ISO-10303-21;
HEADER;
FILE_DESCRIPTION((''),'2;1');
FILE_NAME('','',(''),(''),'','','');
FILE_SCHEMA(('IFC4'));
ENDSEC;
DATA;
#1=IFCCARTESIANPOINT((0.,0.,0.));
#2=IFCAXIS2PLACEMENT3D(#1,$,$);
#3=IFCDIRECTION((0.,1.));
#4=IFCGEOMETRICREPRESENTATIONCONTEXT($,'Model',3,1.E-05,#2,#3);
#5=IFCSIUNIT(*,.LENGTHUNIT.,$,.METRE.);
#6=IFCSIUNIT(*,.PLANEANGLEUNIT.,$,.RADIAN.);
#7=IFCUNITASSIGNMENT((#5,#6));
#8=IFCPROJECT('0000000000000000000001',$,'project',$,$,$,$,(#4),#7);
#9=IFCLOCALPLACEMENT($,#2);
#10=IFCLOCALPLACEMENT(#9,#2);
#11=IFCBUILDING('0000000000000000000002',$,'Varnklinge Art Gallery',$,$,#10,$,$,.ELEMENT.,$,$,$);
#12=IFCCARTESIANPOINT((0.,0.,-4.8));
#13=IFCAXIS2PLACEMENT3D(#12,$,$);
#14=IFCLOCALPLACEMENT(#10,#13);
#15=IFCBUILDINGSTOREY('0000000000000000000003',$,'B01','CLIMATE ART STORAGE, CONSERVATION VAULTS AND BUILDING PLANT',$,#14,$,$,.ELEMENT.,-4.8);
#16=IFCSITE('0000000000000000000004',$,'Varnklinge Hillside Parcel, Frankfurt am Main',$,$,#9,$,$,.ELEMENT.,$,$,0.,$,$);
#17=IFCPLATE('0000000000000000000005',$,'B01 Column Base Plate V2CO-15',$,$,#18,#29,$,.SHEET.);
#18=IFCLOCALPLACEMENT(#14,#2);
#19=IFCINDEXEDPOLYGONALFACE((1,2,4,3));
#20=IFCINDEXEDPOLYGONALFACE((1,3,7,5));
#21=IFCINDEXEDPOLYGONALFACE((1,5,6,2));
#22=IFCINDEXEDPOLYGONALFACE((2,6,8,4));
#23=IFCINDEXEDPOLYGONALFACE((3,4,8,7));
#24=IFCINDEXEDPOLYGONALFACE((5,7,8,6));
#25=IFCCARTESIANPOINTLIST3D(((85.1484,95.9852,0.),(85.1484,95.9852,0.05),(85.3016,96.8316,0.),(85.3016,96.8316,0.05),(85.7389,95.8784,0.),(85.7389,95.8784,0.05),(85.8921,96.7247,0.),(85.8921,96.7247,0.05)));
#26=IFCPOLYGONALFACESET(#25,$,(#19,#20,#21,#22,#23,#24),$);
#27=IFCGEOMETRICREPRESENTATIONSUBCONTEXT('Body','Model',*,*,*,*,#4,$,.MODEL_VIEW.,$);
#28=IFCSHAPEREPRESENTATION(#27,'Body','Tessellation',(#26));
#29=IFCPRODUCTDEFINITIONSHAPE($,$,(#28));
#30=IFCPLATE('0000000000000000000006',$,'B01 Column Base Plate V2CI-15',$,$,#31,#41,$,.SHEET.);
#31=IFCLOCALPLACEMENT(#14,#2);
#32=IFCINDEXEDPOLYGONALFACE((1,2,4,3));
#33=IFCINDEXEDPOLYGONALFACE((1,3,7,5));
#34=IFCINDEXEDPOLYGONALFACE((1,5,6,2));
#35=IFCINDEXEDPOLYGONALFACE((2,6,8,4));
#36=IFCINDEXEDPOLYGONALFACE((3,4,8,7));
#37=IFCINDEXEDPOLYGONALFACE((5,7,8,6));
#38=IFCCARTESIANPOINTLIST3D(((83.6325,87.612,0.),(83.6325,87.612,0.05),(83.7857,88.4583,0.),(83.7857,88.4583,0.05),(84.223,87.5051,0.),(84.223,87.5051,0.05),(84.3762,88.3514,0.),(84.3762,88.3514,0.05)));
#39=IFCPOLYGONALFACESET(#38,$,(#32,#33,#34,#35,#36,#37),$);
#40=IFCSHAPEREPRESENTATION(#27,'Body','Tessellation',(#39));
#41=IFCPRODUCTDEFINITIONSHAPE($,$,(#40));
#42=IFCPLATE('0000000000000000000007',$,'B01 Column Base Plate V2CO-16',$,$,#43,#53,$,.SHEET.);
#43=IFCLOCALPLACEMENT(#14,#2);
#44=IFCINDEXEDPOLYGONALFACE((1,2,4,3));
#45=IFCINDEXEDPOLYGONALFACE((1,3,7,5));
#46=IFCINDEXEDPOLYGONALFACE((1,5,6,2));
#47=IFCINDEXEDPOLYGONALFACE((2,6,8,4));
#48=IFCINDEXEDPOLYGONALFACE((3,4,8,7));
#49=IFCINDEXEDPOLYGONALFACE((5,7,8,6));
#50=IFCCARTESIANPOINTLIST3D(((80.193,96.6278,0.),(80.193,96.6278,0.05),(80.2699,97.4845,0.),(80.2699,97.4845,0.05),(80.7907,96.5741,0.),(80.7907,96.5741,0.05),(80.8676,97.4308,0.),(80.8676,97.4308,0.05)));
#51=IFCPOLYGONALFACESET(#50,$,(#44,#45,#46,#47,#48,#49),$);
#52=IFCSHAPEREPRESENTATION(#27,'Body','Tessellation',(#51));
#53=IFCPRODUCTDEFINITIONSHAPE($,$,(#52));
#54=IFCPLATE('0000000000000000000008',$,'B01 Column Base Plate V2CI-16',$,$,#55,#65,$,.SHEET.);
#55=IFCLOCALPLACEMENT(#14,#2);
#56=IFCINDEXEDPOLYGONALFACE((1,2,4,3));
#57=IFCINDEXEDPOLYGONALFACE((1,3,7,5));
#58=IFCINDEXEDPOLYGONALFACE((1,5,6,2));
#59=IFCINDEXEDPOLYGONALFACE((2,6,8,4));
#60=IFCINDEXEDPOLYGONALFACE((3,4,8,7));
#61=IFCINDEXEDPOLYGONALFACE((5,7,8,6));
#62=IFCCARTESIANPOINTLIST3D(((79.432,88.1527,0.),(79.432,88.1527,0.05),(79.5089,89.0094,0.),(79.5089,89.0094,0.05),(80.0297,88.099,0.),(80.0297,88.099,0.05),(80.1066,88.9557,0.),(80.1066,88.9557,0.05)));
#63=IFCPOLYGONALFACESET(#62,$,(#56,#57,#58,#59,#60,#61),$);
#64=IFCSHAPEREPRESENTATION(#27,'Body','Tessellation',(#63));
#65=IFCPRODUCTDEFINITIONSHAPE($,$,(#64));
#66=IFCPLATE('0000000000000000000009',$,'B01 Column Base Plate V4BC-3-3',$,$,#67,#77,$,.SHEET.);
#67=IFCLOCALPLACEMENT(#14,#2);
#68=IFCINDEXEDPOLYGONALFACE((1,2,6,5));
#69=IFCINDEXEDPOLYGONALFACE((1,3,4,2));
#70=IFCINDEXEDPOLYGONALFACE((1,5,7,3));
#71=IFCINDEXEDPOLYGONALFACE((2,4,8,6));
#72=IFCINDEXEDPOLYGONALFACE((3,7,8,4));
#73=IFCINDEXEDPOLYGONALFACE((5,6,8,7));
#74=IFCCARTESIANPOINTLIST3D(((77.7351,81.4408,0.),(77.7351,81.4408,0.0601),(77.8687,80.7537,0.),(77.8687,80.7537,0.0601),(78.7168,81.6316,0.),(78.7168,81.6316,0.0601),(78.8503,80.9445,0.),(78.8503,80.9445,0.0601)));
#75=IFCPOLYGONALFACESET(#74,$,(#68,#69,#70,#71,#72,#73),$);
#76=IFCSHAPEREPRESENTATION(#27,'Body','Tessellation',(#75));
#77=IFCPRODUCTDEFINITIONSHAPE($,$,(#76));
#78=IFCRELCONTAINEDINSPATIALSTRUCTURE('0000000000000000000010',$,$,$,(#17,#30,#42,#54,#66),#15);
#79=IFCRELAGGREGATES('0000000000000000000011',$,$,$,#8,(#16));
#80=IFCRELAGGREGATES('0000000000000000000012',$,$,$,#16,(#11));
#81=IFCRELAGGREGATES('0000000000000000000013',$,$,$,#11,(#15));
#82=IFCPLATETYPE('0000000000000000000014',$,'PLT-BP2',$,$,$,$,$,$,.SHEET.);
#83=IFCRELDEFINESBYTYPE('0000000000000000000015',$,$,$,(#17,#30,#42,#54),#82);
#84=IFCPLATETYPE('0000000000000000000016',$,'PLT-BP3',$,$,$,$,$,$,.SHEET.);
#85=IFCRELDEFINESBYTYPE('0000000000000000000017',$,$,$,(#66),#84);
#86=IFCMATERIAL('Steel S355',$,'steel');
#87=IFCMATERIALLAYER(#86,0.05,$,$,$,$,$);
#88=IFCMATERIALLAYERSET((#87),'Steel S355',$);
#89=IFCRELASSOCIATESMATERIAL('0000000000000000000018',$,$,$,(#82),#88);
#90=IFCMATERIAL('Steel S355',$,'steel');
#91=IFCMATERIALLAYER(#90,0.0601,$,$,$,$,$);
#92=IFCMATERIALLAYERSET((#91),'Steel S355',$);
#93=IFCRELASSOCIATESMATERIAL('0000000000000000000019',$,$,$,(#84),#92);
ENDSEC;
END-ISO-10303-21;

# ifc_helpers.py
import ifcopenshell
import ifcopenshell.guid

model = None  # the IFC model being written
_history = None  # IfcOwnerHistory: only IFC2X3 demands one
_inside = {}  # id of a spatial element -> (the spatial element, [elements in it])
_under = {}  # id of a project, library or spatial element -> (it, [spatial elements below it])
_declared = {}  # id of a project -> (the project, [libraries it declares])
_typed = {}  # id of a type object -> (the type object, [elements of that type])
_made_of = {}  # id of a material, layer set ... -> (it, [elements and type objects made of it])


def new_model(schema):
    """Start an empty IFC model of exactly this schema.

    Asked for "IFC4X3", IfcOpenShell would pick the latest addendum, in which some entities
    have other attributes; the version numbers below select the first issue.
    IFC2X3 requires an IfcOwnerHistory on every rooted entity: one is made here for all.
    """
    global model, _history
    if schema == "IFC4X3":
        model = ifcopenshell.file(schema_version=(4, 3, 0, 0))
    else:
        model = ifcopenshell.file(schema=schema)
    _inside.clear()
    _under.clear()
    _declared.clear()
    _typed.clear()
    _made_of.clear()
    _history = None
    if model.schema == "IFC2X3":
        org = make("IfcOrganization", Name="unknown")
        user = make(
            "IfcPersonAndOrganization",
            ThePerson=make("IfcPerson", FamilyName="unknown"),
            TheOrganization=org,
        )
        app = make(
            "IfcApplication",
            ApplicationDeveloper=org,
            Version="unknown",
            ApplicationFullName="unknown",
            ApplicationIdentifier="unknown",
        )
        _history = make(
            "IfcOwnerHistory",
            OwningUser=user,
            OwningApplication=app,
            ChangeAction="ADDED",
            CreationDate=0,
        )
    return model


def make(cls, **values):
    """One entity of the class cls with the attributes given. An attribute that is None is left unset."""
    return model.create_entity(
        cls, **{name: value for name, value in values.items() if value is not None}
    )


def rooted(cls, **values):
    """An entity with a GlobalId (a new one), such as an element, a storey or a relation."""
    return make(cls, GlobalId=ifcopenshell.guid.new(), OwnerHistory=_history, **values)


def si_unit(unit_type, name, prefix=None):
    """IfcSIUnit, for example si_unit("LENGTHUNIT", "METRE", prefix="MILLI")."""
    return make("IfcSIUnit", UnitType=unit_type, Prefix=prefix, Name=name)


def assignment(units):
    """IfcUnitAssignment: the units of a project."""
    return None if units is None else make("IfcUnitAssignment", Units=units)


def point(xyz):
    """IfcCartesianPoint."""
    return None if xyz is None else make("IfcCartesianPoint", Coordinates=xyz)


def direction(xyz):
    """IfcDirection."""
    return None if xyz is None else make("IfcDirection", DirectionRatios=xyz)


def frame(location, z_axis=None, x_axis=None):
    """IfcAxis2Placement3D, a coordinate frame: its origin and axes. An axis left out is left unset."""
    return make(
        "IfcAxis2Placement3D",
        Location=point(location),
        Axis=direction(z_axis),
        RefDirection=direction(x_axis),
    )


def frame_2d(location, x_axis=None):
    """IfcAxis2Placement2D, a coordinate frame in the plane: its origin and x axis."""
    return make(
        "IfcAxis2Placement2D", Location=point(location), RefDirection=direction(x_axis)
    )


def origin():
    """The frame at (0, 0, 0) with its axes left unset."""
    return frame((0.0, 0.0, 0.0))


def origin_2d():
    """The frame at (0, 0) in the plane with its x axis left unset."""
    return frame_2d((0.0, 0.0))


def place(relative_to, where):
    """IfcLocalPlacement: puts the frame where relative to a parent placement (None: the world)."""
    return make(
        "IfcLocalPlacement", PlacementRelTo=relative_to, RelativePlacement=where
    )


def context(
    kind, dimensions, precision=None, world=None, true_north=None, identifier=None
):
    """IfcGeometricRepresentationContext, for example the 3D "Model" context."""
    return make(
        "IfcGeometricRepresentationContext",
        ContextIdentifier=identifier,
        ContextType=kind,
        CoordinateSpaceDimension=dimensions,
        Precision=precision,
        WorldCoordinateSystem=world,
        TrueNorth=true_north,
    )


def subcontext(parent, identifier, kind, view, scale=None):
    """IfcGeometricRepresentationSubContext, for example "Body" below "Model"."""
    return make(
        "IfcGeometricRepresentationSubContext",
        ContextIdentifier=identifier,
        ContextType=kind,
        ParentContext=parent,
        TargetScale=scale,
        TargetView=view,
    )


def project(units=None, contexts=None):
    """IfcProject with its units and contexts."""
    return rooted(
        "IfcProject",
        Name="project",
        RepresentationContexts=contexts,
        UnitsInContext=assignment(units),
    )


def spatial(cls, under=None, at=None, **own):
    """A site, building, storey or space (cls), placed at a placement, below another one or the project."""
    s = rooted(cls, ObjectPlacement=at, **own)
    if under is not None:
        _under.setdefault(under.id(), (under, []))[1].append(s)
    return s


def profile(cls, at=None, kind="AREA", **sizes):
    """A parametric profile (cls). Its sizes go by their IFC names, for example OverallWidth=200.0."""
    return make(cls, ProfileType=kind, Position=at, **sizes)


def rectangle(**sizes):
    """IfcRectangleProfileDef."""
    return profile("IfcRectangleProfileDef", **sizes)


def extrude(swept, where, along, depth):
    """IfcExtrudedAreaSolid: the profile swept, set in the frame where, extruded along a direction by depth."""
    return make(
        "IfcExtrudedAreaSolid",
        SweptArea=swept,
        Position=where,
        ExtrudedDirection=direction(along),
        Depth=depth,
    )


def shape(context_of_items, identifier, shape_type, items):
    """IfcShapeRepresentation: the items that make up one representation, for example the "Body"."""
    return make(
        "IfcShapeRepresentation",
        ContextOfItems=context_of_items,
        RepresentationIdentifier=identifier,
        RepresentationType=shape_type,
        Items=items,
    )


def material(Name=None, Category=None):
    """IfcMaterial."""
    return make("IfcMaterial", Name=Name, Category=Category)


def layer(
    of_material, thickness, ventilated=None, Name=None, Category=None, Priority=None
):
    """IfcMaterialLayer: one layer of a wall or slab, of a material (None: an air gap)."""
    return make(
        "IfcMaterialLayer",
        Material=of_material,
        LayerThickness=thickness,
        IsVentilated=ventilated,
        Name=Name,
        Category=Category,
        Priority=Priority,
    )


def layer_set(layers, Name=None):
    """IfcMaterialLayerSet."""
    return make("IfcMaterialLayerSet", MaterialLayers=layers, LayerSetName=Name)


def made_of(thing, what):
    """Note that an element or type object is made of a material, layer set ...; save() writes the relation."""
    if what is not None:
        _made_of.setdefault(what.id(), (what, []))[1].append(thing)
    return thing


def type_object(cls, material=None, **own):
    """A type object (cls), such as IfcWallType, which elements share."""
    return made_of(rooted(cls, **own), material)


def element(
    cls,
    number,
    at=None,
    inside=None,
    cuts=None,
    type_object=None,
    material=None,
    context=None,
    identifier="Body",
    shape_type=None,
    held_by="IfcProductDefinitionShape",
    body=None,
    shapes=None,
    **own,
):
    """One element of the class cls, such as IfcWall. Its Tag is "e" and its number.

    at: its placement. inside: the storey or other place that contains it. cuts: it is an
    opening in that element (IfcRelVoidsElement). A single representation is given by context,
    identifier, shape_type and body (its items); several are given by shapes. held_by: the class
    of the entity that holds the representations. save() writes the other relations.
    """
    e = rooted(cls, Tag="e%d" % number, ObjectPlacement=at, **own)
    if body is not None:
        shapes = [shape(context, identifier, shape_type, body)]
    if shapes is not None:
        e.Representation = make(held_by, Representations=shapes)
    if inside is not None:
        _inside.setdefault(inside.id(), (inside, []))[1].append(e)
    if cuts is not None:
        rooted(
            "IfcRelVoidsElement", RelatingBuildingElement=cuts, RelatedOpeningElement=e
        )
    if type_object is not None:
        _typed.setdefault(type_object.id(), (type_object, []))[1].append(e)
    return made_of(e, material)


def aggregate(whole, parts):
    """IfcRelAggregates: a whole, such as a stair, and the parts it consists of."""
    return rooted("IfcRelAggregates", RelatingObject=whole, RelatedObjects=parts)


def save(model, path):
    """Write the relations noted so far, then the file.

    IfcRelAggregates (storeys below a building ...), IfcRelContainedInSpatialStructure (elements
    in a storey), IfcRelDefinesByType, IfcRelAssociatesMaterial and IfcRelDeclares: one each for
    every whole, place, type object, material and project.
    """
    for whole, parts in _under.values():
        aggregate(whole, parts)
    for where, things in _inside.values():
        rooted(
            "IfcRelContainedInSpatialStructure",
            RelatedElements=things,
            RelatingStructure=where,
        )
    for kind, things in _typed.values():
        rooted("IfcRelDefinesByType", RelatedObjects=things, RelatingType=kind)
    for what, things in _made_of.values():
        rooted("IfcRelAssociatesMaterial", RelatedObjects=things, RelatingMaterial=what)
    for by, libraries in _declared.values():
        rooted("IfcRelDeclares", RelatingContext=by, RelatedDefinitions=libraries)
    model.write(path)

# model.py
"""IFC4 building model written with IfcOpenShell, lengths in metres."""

from ifc_helpers import new_model, si_unit, direction, frame, origin, origin_2d, place, context, subcontext, project, spatial, rectangle, extrude, material, layer, layer_set, type_object, element, save


model = new_model("IFC4")

# Units and contexts
model_context = context("Model", 3, precision=1e-05, world=origin(), true_north=direction((0.0, 1.0)))
body_context = subcontext(model_context, "Body", "Model", "MODEL_VIEW")
ifc_project = project(units=[si_unit("LENGTHUNIT", "METRE"), si_unit("PLANEANGLEUNIT", "RADIAN")], contexts=[model_context])

# Site, building, storey
site_placement = place(None, origin())
site = spatial("IfcSite", under=ifc_project, at=site_placement, Name="Varnklinge Hillside Parcel, Frankfurt am Main", CompositionType="ELEMENT", RefElevation=0.0)
building_placement = place(site_placement, origin())
building = spatial("IfcBuilding", under=site, at=building_placement, Name="Varnklinge Art Gallery", CompositionType="ELEMENT")
storey_placement = place(building_placement, frame((0.0, 0.0, -4.8)))
storey = spatial("IfcBuildingStorey", under=building, at=storey_placement, Name="B01", Description="CLIMATE ART STORAGE, CONSERVATION VAULTS AND BUILDING PLANT", CompositionType="ELEMENT", Elevation=-4.8)

# Plates
ifc_material_1 = material(Name="Steel S355", Category="steel")
ifc_layer_1 = layer(ifc_material_1, 0.05)
ifc_layer_set_1 = layer_set([ifc_layer_1], Name="Steel S355")
plate_type_1 = type_object("IfcPlateType", Name="PLT-BP2", PredefinedType="SHEET", material=ifc_layer_set_1)
for number, where, z_axis, x_axis, name in (
    (1, (85.5203, 96.355, 0.0), (0.0, 0.0, 1.0), (-0.178115, -0.98401, 0.0), "B01 Column Base Plate V2CO-15"),
    (2, (84.0044, 87.9817, 0.0), (0.0, 0.0, 1.0), (-0.178115, -0.98401, 0.0), "B01 Column Base Plate V2CI-15"),
    (3, (80.5303, 97.0293, 0.0), (0.0, 0.0, 1.0), (-0.089416, -0.995994, 0.0), "B01 Column Base Plate V2CO-16"),
    (4, (79.7693, 88.5542, 0.0), (0.0, 0.0, 1.0), (-0.089416, -0.995994, 0.0), "B01 Column Base Plate V2CI-16"),
):
    element("IfcPlate", number, at=place(storey_placement, frame(where, z_axis=z_axis, x_axis=x_axis)), inside=storey, type_object=plate_type_1, Name=name, PredefinedType="SHEET", context=body_context, shape_type="SweptSolid", body=[
        extrude(rectangle(XDim=0.8601, YDim=0.6001, at=origin_2d()), origin(), (0.0, 0.0, 1.0), 0.05),
    ])
ifc_material_2 = material(Name="Steel S355", Category="steel")
ifc_layer_2 = layer(ifc_material_2, 0.0601)
ifc_layer_set_2 = layer_set([ifc_layer_2], Name="Steel S355")
plate_type_2 = type_object("IfcPlateType", Name="PLT-BP3", PredefinedType="SHEET", material=ifc_layer_set_2)
plate_placement = place(storey_placement, frame((78.2927, 81.1926, 0.0), z_axis=(0.0, 0.0, 1.0), x_axis=(0.981627, 0.190809, 0.0)))
element("IfcPlate", 5, at=plate_placement, inside=storey, type_object=plate_type_2, Name="B01 Column Base Plate V4BC-3-3", PredefinedType="SHEET", context=body_context, shape_type="SweptSolid", body=[
    extrude(rectangle(XDim=1.0, YDim=0.7, at=origin_2d()), origin(), (0.0, 0.0, 1.0), 0.0601),
])

save(model, "model.ifc")
